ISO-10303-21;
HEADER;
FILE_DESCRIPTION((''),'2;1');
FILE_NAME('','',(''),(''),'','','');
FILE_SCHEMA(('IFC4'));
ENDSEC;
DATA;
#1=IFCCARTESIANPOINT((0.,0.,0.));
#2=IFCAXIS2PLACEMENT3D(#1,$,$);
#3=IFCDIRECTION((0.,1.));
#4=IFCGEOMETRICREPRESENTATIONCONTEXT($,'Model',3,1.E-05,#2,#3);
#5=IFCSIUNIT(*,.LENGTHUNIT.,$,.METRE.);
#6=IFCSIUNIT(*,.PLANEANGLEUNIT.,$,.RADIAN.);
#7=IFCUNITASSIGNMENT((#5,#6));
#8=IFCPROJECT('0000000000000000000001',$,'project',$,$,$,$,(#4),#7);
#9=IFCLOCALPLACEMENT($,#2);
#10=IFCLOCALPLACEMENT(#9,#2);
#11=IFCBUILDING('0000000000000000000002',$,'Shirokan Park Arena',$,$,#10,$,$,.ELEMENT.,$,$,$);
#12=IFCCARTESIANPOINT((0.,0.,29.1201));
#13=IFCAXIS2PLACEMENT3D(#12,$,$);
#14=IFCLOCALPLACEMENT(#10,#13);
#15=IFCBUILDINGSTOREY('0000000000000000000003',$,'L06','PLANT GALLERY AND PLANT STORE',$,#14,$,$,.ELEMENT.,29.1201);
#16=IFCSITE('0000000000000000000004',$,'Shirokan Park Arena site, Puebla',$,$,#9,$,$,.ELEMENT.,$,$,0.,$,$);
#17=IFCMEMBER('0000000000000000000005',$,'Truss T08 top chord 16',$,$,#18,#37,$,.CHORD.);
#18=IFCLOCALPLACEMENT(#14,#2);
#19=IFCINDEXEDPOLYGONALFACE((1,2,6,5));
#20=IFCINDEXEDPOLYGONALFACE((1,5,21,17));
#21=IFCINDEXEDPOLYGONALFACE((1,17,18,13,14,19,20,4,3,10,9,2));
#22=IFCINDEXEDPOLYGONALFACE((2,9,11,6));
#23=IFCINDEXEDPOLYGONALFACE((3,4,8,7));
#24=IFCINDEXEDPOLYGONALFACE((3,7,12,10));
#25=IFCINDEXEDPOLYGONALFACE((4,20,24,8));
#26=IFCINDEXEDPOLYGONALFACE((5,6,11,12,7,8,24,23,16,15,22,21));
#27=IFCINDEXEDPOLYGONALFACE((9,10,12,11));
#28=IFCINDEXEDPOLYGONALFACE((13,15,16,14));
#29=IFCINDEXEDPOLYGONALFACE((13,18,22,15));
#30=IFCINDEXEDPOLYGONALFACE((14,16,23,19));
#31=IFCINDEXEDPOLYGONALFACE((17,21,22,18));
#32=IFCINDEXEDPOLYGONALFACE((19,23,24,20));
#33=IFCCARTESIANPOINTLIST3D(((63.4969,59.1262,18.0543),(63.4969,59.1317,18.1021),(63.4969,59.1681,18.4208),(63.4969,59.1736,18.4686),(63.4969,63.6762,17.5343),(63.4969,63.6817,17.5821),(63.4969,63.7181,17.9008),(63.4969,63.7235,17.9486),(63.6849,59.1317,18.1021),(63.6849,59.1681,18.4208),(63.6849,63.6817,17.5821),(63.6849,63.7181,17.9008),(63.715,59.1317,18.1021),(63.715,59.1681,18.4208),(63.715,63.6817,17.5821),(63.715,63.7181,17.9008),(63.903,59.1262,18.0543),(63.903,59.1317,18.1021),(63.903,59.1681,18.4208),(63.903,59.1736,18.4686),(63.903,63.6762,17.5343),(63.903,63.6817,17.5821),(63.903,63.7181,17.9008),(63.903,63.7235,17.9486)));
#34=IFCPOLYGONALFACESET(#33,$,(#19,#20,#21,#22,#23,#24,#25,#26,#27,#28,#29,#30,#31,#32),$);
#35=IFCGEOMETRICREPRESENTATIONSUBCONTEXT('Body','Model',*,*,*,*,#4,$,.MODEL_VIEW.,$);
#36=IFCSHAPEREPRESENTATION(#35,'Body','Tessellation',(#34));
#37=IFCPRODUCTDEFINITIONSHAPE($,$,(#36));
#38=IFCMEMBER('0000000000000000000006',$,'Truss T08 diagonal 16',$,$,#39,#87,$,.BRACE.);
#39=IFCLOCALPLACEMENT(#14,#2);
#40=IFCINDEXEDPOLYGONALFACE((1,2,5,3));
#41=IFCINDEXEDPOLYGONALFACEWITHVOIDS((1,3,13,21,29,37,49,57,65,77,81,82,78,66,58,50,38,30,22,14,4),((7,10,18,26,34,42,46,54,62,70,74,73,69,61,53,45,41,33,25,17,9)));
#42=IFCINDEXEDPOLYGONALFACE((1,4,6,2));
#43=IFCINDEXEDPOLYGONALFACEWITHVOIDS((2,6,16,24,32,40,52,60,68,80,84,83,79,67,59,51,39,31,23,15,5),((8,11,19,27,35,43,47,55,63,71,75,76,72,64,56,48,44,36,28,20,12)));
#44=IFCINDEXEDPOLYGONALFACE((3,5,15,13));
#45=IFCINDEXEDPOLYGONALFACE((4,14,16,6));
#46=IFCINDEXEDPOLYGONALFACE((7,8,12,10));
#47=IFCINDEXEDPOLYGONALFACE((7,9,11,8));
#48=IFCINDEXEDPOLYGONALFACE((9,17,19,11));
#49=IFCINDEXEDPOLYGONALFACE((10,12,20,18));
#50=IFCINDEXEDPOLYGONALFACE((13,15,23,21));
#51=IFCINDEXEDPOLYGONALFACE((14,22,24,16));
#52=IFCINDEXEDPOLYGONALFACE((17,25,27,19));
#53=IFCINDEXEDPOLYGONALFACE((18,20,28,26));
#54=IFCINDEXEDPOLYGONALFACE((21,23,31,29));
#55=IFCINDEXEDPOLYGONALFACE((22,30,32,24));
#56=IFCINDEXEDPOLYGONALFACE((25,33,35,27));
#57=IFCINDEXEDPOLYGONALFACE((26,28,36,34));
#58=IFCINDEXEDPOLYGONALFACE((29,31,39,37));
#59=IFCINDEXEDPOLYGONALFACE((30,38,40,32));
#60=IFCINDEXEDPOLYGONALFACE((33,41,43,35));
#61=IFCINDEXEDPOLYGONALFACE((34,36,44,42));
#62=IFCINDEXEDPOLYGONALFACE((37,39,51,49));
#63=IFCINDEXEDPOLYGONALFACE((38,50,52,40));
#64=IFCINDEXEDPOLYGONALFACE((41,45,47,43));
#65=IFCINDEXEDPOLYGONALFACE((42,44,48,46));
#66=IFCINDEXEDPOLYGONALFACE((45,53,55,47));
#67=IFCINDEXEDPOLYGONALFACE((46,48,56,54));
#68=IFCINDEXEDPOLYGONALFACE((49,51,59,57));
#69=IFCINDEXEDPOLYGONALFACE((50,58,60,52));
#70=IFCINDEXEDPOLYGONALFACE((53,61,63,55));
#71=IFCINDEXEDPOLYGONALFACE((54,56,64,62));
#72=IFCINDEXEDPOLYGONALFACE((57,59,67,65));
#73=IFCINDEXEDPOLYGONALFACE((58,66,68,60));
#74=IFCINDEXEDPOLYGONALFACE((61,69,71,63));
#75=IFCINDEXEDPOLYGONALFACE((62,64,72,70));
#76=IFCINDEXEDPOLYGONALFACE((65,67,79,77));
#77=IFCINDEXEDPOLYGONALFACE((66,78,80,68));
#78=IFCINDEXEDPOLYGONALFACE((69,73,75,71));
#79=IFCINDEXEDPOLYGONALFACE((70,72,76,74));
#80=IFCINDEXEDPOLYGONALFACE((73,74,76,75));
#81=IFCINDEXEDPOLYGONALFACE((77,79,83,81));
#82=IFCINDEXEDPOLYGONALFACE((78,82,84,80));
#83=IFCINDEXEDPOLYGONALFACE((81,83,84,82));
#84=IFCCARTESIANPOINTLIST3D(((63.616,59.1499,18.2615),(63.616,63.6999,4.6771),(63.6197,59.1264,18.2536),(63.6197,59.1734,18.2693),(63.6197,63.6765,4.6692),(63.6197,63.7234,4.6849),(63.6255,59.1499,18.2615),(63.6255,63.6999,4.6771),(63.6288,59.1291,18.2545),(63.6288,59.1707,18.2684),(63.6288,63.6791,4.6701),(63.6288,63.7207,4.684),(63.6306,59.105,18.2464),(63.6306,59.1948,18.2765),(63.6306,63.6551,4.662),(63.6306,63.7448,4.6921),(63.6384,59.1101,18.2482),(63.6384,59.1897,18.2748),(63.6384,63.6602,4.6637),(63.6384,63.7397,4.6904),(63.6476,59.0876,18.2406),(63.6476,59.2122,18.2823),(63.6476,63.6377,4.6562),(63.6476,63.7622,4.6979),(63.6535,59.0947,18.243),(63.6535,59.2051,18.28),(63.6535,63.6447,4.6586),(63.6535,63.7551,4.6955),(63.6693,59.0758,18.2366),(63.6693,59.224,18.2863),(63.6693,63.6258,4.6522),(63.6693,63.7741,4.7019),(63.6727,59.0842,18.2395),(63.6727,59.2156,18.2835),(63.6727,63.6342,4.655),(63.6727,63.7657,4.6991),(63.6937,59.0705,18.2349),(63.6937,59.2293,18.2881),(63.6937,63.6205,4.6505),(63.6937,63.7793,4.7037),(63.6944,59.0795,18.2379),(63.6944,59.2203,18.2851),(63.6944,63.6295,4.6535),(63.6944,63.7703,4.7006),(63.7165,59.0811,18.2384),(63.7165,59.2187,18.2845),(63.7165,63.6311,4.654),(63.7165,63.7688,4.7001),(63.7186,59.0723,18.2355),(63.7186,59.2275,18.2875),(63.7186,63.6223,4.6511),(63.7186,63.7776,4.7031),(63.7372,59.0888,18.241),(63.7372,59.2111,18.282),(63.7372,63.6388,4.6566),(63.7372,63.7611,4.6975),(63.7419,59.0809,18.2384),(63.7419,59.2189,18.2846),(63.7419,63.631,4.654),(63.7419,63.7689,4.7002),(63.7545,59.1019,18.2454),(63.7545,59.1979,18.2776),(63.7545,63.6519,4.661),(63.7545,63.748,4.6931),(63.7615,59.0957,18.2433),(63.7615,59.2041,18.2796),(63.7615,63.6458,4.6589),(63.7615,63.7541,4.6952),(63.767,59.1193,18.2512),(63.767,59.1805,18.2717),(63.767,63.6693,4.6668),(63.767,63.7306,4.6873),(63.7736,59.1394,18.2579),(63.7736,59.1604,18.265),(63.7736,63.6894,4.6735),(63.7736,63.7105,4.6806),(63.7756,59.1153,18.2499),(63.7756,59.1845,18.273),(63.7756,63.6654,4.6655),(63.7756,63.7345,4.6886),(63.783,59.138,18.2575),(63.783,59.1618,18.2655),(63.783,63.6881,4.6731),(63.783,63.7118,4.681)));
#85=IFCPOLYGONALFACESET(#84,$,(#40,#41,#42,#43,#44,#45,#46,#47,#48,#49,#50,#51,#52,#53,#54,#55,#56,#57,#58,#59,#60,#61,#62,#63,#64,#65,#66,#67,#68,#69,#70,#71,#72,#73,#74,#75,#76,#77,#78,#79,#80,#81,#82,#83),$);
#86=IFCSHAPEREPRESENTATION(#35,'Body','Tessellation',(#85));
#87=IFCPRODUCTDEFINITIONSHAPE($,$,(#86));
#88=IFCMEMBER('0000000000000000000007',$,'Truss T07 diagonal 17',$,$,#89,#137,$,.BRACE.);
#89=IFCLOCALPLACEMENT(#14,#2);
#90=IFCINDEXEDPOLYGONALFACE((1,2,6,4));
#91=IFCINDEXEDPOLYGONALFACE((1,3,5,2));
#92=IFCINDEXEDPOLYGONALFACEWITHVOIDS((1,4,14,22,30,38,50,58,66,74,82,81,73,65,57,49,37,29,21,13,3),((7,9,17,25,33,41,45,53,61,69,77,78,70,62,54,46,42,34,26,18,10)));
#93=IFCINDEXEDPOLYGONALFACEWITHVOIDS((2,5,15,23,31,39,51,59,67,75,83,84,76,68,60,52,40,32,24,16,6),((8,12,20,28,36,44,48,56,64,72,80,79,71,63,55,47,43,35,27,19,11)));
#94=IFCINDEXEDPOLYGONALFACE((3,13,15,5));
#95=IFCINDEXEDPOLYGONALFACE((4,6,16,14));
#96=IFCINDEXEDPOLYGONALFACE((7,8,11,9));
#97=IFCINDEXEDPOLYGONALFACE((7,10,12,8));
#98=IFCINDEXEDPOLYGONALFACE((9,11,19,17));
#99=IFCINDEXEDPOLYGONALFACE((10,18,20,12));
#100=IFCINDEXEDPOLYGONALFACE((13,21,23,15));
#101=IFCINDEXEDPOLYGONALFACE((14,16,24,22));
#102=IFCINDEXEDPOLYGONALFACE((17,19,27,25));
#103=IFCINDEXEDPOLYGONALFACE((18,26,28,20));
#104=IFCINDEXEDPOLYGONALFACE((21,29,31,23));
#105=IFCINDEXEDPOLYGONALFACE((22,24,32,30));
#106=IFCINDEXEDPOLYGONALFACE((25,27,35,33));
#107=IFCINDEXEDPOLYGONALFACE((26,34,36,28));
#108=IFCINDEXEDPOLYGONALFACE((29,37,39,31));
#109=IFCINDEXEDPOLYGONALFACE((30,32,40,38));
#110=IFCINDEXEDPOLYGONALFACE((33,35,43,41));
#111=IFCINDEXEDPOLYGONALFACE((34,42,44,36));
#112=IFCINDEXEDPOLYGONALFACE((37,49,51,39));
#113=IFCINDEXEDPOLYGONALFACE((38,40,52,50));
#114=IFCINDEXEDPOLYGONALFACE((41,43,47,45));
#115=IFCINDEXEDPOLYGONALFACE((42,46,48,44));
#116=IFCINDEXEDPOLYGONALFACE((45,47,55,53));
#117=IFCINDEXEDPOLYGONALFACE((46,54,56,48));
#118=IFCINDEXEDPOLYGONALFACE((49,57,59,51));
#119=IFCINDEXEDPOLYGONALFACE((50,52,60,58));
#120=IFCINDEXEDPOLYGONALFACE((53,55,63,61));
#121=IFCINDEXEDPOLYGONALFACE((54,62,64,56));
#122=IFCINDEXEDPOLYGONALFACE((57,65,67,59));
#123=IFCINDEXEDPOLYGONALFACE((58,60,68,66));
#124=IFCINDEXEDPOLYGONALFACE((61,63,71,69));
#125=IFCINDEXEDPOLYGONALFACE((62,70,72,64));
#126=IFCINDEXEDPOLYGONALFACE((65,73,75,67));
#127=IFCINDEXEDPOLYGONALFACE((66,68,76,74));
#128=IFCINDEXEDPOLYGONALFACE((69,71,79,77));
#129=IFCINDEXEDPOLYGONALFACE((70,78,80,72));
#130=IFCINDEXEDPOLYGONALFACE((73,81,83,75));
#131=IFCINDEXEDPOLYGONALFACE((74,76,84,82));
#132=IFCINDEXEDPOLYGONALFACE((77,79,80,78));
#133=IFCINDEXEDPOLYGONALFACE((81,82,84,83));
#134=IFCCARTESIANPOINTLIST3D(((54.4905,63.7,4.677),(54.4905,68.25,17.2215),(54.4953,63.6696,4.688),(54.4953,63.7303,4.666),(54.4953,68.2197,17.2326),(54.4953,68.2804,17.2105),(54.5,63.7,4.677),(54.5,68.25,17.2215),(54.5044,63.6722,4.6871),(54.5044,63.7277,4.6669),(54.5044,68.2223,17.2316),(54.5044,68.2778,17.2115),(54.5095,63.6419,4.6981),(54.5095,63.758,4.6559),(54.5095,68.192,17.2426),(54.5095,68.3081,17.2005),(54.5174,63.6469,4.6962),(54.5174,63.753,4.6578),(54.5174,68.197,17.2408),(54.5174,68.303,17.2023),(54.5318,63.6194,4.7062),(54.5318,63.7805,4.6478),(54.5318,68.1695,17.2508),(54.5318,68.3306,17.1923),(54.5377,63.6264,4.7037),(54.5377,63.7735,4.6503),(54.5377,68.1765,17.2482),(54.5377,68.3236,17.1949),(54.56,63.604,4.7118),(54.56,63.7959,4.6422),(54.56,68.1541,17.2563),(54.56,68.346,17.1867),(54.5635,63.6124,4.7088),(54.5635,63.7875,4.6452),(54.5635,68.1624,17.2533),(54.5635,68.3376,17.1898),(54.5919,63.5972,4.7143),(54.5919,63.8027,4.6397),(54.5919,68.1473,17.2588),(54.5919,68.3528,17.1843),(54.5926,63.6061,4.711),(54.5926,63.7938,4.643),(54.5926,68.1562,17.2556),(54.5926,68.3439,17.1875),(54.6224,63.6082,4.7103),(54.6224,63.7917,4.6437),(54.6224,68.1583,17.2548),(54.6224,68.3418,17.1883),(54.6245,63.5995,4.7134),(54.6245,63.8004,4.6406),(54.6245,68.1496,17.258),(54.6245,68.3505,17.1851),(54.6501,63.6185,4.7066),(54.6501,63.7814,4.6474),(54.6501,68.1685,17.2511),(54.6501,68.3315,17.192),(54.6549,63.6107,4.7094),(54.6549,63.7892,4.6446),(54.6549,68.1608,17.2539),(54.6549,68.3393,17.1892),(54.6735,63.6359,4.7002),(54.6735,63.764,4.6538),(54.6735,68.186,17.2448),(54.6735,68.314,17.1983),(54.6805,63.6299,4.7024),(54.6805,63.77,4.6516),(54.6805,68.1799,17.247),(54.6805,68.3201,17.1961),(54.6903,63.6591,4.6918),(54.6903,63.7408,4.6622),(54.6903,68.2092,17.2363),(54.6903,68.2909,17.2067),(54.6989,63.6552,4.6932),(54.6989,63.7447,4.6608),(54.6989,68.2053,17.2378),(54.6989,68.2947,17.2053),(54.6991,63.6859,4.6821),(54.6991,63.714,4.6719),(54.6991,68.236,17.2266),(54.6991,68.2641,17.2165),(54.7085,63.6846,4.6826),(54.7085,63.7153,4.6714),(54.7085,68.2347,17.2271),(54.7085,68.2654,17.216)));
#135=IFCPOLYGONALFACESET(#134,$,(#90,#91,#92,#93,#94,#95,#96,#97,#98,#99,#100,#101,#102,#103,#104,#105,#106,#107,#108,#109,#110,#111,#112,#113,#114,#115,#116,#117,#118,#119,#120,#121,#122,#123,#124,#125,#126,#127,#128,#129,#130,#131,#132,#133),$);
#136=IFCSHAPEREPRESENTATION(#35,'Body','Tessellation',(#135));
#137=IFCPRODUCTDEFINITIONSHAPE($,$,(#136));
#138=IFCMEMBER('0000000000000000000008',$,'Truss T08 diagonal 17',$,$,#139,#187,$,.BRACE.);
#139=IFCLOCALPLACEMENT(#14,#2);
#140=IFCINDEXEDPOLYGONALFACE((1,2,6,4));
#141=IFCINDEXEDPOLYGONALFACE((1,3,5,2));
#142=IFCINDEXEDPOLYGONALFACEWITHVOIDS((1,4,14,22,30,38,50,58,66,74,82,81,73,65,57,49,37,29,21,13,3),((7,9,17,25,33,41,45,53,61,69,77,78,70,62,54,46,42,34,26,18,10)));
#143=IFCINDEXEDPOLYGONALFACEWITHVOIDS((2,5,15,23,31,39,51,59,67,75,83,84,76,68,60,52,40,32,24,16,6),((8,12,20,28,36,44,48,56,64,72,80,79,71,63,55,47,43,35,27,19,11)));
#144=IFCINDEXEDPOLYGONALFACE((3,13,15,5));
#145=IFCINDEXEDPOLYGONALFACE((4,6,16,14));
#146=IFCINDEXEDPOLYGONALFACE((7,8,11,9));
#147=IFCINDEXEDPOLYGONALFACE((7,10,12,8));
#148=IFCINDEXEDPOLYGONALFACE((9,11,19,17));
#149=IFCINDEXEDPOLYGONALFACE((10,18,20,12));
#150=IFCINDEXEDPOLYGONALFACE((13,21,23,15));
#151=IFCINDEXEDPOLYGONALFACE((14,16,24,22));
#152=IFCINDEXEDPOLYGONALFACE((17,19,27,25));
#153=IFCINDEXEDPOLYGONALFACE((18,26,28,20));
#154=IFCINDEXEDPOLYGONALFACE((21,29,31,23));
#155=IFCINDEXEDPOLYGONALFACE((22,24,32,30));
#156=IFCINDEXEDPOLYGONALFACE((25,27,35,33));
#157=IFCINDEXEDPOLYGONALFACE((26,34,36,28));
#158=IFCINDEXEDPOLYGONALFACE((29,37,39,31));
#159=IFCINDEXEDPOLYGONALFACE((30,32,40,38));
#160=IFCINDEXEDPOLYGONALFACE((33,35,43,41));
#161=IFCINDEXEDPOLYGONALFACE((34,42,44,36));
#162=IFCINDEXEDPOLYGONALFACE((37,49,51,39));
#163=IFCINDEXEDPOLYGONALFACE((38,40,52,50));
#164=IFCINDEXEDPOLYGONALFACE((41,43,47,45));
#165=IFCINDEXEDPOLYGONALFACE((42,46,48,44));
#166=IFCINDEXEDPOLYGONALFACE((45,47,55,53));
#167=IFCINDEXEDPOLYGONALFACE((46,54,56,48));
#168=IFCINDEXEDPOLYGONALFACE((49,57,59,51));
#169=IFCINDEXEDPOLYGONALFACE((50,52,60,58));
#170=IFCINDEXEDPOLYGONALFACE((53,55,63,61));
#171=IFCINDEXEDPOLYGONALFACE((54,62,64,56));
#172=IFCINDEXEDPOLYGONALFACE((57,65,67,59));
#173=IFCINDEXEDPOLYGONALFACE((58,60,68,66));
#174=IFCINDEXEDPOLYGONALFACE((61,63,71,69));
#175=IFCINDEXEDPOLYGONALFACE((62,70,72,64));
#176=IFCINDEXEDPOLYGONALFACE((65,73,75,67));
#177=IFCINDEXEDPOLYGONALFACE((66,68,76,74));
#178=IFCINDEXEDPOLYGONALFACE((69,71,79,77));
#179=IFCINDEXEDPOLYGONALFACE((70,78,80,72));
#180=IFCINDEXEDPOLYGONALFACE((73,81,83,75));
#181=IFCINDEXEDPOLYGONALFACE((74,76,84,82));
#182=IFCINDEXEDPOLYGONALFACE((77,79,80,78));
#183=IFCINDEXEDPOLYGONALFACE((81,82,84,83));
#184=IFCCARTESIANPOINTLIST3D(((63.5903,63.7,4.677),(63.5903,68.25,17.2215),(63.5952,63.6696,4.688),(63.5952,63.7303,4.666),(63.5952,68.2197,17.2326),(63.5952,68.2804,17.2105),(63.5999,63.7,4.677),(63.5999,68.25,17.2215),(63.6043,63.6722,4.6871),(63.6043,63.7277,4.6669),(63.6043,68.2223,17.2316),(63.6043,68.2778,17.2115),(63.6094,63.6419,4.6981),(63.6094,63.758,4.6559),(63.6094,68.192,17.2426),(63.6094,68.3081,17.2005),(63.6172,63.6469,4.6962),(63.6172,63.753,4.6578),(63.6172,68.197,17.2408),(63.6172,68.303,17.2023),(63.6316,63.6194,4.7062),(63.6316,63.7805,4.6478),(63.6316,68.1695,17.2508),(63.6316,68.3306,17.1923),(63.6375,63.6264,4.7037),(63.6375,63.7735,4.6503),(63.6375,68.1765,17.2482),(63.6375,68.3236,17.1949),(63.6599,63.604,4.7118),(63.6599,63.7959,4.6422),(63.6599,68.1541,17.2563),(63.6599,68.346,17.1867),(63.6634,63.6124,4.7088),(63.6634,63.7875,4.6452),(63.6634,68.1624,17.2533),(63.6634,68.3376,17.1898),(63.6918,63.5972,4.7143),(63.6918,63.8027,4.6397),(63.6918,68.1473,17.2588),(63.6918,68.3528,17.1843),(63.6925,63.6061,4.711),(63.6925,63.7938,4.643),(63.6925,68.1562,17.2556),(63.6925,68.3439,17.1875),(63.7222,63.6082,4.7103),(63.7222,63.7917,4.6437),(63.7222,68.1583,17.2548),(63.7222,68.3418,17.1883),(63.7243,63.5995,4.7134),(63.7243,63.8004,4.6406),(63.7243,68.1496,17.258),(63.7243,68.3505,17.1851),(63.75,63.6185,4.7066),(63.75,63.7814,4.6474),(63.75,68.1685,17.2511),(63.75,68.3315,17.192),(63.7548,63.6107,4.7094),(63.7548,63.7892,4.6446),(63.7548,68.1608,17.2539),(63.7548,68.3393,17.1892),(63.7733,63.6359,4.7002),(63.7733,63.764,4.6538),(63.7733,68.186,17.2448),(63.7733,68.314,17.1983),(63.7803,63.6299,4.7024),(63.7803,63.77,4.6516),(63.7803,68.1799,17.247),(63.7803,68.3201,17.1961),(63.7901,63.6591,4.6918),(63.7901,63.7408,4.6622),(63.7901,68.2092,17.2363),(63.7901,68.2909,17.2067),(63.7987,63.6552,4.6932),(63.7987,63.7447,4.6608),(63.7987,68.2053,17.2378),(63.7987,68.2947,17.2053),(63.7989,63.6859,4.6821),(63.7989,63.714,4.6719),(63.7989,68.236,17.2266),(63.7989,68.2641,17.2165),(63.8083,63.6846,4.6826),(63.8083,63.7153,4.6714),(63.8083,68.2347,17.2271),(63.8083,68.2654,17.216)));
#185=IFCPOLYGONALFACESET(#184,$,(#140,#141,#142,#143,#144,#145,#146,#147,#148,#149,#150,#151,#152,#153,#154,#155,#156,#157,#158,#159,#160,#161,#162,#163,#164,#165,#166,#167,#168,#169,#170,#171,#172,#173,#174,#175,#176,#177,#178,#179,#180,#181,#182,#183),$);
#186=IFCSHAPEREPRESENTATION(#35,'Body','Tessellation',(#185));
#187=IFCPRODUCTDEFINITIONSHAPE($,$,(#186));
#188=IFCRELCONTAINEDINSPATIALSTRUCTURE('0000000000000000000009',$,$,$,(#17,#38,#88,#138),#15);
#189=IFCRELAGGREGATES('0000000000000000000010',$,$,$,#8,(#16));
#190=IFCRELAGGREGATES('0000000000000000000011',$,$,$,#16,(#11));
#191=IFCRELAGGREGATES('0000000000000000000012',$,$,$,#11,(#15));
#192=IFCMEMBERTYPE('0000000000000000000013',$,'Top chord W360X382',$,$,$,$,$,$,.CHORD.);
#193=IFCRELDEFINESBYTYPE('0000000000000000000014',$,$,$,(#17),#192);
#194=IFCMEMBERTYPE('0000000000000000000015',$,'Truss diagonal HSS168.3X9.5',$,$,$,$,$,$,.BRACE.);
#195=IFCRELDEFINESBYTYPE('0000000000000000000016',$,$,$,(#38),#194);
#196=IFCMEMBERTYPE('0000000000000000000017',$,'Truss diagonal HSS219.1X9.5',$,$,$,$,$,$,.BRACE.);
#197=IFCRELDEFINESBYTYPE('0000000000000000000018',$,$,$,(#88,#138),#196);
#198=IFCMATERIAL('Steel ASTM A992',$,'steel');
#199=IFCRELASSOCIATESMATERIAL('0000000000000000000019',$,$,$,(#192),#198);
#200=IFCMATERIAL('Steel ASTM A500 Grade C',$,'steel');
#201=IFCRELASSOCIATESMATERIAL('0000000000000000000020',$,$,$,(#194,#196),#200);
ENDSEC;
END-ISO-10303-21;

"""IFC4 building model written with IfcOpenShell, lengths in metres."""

from ifc_helpers import new_model, si_unit, direction, frame, origin, origin_2d, place, context, subcontext, project, spatial, hollow_circle, i_section, extrude, material, material_profile, profile_set, type_object, element, save


model = new_model("IFC4")

# Units and contexts
model_context = context("Model", 3, precision=1e-05, world=origin(), true_north=direction((0.0, 1.0)))
body_context = subcontext(model_context, "Body", "Model", "MODEL_VIEW")
ifc_project = project(units=[si_unit("LENGTHUNIT", "METRE"), si_unit("PLANEANGLEUNIT", "RADIAN")], contexts=[model_context])

# Site, building, storey
site_placement = place(None, origin())
site = spatial("IfcSite", under=ifc_project, at=site_placement, Name="Shirokan Park Arena site, Puebla", CompositionType="ELEMENT", RefElevation=0.0)
building_placement = place(site_placement, origin())
building = spatial("IfcBuilding", under=site, at=building_placement, Name="Shirokan Park Arena", CompositionType="ELEMENT")
storey_placement = place(building_placement, frame((0.0, 0.0, 29.1201)))
storey = spatial("IfcBuildingStorey", under=building, at=storey_placement, Name="L06", Description="PLANT GALLERY AND PLANT STORE", CompositionType="ELEMENT", Elevation=29.1201)

# Members
ifc_material_1 = material(Name="Steel ASTM A992", Category="steel")
ifc_material_2 = material(Name="Steel ASTM A500 Grade C", Category="steel")
ifc_material_profile_1 = material_profile(ifc_material_1, i_section(OverallWidth=0.406, OverallDepth=0.417, WebThickness=0.03, FlangeThickness=0.0481, at=origin_2d()), Name="W360X382")
ifc_profile_set_1 = profile_set([ifc_material_profile_1], Name="Steel ASTM A992")
member_type_1 = type_object("IfcMemberType", Name="Top chord W360X382", PredefinedType="CHORD", material=ifc_profile_set_1)
member_1_placement = place(storey_placement, frame((63.7, 59.1499, 18.2615), z_axis=(0.0, 0.993532, -0.11355), x_axis=(-1.0, 0.0, 0.0)))
element("IfcMember", 1, at=member_1_placement, inside=storey, type_object=member_type_1, Name="Truss T08 top chord 16", PredefinedType="CHORD", context=body_context, shape_type="SweptSolid", body=[
    extrude(i_section(OverallWidth=0.406, OverallDepth=0.417, WebThickness=0.03, FlangeThickness=0.0481, at=origin_2d()), origin(), (0.0, 0.0, 1.0), 4.5796),
])
ifc_material_profile_2 = material_profile(ifc_material_2, hollow_circle(Radius=0.084, WallThickness=0.0095, at=origin_2d()), Name="HSS168.3X9.5")
ifc_profile_set_2 = profile_set([ifc_material_profile_2], Name="Steel ASTM A500 Grade C")
member_type_2 = type_object("IfcMemberType", Name="Truss diagonal HSS168.3X9.5", PredefinedType="BRACE", material=ifc_profile_set_2)
member_2_placement = place(storey_placement, frame((63.7, 59.1499, 18.2615), z_axis=(0.0, 0.317603, -0.948224), x_axis=(-1.0, 0.0, 0.0)))
element("IfcMember", 2, at=member_2_placement, inside=storey, type_object=member_type_2, Name="Truss T08 diagonal 16", PredefinedType="BRACE", context=body_context, shape_type="SweptSolid", body=[
    extrude(hollow_circle(Radius=0.084, WallThickness=0.0095, at=origin_2d()), origin(), (0.0, 0.0, 1.0), 14.3262),
])
ifc_material_profile_3 = material_profile(ifc_material_2, hollow_circle(Radius=0.1096, WallThickness=0.0095, at=origin_2d()), Name="HSS219.1X9.5")
ifc_profile_set_3 = profile_set([ifc_material_profile_3], Name="Steel ASTM A500 Grade C")
member_type_3 = type_object("IfcMemberType", Name="Truss diagonal HSS219.1X9.5", PredefinedType="BRACE", material=ifc_profile_set_3)
for number, where, z_axis, x_axis, name in (
    (3, (54.6001, 63.7, 4.677), (0.0, 0.340978, 0.940071), (-1.0, 0.0, 0.0), "Truss T07 diagonal 17"),
    (4, (63.7, 63.7, 4.677), (0.0, 0.340978, 0.940071), (-1.0, 0.0, 0.0), "Truss T08 diagonal 17"),
):
    element("IfcMember", number, at=place(storey_placement, frame(where, z_axis=z_axis, x_axis=x_axis)), inside=storey, type_object=member_type_3, Name=name, PredefinedType="BRACE", context=body_context, shape_type="SweptSolid", body=[
        extrude(hollow_circle(Radius=0.1096, WallThickness=0.0095, at=origin_2d()), origin(), (0.0, 0.0, 1.0), 13.3442),
    ])

save(model, "model.ifc")
